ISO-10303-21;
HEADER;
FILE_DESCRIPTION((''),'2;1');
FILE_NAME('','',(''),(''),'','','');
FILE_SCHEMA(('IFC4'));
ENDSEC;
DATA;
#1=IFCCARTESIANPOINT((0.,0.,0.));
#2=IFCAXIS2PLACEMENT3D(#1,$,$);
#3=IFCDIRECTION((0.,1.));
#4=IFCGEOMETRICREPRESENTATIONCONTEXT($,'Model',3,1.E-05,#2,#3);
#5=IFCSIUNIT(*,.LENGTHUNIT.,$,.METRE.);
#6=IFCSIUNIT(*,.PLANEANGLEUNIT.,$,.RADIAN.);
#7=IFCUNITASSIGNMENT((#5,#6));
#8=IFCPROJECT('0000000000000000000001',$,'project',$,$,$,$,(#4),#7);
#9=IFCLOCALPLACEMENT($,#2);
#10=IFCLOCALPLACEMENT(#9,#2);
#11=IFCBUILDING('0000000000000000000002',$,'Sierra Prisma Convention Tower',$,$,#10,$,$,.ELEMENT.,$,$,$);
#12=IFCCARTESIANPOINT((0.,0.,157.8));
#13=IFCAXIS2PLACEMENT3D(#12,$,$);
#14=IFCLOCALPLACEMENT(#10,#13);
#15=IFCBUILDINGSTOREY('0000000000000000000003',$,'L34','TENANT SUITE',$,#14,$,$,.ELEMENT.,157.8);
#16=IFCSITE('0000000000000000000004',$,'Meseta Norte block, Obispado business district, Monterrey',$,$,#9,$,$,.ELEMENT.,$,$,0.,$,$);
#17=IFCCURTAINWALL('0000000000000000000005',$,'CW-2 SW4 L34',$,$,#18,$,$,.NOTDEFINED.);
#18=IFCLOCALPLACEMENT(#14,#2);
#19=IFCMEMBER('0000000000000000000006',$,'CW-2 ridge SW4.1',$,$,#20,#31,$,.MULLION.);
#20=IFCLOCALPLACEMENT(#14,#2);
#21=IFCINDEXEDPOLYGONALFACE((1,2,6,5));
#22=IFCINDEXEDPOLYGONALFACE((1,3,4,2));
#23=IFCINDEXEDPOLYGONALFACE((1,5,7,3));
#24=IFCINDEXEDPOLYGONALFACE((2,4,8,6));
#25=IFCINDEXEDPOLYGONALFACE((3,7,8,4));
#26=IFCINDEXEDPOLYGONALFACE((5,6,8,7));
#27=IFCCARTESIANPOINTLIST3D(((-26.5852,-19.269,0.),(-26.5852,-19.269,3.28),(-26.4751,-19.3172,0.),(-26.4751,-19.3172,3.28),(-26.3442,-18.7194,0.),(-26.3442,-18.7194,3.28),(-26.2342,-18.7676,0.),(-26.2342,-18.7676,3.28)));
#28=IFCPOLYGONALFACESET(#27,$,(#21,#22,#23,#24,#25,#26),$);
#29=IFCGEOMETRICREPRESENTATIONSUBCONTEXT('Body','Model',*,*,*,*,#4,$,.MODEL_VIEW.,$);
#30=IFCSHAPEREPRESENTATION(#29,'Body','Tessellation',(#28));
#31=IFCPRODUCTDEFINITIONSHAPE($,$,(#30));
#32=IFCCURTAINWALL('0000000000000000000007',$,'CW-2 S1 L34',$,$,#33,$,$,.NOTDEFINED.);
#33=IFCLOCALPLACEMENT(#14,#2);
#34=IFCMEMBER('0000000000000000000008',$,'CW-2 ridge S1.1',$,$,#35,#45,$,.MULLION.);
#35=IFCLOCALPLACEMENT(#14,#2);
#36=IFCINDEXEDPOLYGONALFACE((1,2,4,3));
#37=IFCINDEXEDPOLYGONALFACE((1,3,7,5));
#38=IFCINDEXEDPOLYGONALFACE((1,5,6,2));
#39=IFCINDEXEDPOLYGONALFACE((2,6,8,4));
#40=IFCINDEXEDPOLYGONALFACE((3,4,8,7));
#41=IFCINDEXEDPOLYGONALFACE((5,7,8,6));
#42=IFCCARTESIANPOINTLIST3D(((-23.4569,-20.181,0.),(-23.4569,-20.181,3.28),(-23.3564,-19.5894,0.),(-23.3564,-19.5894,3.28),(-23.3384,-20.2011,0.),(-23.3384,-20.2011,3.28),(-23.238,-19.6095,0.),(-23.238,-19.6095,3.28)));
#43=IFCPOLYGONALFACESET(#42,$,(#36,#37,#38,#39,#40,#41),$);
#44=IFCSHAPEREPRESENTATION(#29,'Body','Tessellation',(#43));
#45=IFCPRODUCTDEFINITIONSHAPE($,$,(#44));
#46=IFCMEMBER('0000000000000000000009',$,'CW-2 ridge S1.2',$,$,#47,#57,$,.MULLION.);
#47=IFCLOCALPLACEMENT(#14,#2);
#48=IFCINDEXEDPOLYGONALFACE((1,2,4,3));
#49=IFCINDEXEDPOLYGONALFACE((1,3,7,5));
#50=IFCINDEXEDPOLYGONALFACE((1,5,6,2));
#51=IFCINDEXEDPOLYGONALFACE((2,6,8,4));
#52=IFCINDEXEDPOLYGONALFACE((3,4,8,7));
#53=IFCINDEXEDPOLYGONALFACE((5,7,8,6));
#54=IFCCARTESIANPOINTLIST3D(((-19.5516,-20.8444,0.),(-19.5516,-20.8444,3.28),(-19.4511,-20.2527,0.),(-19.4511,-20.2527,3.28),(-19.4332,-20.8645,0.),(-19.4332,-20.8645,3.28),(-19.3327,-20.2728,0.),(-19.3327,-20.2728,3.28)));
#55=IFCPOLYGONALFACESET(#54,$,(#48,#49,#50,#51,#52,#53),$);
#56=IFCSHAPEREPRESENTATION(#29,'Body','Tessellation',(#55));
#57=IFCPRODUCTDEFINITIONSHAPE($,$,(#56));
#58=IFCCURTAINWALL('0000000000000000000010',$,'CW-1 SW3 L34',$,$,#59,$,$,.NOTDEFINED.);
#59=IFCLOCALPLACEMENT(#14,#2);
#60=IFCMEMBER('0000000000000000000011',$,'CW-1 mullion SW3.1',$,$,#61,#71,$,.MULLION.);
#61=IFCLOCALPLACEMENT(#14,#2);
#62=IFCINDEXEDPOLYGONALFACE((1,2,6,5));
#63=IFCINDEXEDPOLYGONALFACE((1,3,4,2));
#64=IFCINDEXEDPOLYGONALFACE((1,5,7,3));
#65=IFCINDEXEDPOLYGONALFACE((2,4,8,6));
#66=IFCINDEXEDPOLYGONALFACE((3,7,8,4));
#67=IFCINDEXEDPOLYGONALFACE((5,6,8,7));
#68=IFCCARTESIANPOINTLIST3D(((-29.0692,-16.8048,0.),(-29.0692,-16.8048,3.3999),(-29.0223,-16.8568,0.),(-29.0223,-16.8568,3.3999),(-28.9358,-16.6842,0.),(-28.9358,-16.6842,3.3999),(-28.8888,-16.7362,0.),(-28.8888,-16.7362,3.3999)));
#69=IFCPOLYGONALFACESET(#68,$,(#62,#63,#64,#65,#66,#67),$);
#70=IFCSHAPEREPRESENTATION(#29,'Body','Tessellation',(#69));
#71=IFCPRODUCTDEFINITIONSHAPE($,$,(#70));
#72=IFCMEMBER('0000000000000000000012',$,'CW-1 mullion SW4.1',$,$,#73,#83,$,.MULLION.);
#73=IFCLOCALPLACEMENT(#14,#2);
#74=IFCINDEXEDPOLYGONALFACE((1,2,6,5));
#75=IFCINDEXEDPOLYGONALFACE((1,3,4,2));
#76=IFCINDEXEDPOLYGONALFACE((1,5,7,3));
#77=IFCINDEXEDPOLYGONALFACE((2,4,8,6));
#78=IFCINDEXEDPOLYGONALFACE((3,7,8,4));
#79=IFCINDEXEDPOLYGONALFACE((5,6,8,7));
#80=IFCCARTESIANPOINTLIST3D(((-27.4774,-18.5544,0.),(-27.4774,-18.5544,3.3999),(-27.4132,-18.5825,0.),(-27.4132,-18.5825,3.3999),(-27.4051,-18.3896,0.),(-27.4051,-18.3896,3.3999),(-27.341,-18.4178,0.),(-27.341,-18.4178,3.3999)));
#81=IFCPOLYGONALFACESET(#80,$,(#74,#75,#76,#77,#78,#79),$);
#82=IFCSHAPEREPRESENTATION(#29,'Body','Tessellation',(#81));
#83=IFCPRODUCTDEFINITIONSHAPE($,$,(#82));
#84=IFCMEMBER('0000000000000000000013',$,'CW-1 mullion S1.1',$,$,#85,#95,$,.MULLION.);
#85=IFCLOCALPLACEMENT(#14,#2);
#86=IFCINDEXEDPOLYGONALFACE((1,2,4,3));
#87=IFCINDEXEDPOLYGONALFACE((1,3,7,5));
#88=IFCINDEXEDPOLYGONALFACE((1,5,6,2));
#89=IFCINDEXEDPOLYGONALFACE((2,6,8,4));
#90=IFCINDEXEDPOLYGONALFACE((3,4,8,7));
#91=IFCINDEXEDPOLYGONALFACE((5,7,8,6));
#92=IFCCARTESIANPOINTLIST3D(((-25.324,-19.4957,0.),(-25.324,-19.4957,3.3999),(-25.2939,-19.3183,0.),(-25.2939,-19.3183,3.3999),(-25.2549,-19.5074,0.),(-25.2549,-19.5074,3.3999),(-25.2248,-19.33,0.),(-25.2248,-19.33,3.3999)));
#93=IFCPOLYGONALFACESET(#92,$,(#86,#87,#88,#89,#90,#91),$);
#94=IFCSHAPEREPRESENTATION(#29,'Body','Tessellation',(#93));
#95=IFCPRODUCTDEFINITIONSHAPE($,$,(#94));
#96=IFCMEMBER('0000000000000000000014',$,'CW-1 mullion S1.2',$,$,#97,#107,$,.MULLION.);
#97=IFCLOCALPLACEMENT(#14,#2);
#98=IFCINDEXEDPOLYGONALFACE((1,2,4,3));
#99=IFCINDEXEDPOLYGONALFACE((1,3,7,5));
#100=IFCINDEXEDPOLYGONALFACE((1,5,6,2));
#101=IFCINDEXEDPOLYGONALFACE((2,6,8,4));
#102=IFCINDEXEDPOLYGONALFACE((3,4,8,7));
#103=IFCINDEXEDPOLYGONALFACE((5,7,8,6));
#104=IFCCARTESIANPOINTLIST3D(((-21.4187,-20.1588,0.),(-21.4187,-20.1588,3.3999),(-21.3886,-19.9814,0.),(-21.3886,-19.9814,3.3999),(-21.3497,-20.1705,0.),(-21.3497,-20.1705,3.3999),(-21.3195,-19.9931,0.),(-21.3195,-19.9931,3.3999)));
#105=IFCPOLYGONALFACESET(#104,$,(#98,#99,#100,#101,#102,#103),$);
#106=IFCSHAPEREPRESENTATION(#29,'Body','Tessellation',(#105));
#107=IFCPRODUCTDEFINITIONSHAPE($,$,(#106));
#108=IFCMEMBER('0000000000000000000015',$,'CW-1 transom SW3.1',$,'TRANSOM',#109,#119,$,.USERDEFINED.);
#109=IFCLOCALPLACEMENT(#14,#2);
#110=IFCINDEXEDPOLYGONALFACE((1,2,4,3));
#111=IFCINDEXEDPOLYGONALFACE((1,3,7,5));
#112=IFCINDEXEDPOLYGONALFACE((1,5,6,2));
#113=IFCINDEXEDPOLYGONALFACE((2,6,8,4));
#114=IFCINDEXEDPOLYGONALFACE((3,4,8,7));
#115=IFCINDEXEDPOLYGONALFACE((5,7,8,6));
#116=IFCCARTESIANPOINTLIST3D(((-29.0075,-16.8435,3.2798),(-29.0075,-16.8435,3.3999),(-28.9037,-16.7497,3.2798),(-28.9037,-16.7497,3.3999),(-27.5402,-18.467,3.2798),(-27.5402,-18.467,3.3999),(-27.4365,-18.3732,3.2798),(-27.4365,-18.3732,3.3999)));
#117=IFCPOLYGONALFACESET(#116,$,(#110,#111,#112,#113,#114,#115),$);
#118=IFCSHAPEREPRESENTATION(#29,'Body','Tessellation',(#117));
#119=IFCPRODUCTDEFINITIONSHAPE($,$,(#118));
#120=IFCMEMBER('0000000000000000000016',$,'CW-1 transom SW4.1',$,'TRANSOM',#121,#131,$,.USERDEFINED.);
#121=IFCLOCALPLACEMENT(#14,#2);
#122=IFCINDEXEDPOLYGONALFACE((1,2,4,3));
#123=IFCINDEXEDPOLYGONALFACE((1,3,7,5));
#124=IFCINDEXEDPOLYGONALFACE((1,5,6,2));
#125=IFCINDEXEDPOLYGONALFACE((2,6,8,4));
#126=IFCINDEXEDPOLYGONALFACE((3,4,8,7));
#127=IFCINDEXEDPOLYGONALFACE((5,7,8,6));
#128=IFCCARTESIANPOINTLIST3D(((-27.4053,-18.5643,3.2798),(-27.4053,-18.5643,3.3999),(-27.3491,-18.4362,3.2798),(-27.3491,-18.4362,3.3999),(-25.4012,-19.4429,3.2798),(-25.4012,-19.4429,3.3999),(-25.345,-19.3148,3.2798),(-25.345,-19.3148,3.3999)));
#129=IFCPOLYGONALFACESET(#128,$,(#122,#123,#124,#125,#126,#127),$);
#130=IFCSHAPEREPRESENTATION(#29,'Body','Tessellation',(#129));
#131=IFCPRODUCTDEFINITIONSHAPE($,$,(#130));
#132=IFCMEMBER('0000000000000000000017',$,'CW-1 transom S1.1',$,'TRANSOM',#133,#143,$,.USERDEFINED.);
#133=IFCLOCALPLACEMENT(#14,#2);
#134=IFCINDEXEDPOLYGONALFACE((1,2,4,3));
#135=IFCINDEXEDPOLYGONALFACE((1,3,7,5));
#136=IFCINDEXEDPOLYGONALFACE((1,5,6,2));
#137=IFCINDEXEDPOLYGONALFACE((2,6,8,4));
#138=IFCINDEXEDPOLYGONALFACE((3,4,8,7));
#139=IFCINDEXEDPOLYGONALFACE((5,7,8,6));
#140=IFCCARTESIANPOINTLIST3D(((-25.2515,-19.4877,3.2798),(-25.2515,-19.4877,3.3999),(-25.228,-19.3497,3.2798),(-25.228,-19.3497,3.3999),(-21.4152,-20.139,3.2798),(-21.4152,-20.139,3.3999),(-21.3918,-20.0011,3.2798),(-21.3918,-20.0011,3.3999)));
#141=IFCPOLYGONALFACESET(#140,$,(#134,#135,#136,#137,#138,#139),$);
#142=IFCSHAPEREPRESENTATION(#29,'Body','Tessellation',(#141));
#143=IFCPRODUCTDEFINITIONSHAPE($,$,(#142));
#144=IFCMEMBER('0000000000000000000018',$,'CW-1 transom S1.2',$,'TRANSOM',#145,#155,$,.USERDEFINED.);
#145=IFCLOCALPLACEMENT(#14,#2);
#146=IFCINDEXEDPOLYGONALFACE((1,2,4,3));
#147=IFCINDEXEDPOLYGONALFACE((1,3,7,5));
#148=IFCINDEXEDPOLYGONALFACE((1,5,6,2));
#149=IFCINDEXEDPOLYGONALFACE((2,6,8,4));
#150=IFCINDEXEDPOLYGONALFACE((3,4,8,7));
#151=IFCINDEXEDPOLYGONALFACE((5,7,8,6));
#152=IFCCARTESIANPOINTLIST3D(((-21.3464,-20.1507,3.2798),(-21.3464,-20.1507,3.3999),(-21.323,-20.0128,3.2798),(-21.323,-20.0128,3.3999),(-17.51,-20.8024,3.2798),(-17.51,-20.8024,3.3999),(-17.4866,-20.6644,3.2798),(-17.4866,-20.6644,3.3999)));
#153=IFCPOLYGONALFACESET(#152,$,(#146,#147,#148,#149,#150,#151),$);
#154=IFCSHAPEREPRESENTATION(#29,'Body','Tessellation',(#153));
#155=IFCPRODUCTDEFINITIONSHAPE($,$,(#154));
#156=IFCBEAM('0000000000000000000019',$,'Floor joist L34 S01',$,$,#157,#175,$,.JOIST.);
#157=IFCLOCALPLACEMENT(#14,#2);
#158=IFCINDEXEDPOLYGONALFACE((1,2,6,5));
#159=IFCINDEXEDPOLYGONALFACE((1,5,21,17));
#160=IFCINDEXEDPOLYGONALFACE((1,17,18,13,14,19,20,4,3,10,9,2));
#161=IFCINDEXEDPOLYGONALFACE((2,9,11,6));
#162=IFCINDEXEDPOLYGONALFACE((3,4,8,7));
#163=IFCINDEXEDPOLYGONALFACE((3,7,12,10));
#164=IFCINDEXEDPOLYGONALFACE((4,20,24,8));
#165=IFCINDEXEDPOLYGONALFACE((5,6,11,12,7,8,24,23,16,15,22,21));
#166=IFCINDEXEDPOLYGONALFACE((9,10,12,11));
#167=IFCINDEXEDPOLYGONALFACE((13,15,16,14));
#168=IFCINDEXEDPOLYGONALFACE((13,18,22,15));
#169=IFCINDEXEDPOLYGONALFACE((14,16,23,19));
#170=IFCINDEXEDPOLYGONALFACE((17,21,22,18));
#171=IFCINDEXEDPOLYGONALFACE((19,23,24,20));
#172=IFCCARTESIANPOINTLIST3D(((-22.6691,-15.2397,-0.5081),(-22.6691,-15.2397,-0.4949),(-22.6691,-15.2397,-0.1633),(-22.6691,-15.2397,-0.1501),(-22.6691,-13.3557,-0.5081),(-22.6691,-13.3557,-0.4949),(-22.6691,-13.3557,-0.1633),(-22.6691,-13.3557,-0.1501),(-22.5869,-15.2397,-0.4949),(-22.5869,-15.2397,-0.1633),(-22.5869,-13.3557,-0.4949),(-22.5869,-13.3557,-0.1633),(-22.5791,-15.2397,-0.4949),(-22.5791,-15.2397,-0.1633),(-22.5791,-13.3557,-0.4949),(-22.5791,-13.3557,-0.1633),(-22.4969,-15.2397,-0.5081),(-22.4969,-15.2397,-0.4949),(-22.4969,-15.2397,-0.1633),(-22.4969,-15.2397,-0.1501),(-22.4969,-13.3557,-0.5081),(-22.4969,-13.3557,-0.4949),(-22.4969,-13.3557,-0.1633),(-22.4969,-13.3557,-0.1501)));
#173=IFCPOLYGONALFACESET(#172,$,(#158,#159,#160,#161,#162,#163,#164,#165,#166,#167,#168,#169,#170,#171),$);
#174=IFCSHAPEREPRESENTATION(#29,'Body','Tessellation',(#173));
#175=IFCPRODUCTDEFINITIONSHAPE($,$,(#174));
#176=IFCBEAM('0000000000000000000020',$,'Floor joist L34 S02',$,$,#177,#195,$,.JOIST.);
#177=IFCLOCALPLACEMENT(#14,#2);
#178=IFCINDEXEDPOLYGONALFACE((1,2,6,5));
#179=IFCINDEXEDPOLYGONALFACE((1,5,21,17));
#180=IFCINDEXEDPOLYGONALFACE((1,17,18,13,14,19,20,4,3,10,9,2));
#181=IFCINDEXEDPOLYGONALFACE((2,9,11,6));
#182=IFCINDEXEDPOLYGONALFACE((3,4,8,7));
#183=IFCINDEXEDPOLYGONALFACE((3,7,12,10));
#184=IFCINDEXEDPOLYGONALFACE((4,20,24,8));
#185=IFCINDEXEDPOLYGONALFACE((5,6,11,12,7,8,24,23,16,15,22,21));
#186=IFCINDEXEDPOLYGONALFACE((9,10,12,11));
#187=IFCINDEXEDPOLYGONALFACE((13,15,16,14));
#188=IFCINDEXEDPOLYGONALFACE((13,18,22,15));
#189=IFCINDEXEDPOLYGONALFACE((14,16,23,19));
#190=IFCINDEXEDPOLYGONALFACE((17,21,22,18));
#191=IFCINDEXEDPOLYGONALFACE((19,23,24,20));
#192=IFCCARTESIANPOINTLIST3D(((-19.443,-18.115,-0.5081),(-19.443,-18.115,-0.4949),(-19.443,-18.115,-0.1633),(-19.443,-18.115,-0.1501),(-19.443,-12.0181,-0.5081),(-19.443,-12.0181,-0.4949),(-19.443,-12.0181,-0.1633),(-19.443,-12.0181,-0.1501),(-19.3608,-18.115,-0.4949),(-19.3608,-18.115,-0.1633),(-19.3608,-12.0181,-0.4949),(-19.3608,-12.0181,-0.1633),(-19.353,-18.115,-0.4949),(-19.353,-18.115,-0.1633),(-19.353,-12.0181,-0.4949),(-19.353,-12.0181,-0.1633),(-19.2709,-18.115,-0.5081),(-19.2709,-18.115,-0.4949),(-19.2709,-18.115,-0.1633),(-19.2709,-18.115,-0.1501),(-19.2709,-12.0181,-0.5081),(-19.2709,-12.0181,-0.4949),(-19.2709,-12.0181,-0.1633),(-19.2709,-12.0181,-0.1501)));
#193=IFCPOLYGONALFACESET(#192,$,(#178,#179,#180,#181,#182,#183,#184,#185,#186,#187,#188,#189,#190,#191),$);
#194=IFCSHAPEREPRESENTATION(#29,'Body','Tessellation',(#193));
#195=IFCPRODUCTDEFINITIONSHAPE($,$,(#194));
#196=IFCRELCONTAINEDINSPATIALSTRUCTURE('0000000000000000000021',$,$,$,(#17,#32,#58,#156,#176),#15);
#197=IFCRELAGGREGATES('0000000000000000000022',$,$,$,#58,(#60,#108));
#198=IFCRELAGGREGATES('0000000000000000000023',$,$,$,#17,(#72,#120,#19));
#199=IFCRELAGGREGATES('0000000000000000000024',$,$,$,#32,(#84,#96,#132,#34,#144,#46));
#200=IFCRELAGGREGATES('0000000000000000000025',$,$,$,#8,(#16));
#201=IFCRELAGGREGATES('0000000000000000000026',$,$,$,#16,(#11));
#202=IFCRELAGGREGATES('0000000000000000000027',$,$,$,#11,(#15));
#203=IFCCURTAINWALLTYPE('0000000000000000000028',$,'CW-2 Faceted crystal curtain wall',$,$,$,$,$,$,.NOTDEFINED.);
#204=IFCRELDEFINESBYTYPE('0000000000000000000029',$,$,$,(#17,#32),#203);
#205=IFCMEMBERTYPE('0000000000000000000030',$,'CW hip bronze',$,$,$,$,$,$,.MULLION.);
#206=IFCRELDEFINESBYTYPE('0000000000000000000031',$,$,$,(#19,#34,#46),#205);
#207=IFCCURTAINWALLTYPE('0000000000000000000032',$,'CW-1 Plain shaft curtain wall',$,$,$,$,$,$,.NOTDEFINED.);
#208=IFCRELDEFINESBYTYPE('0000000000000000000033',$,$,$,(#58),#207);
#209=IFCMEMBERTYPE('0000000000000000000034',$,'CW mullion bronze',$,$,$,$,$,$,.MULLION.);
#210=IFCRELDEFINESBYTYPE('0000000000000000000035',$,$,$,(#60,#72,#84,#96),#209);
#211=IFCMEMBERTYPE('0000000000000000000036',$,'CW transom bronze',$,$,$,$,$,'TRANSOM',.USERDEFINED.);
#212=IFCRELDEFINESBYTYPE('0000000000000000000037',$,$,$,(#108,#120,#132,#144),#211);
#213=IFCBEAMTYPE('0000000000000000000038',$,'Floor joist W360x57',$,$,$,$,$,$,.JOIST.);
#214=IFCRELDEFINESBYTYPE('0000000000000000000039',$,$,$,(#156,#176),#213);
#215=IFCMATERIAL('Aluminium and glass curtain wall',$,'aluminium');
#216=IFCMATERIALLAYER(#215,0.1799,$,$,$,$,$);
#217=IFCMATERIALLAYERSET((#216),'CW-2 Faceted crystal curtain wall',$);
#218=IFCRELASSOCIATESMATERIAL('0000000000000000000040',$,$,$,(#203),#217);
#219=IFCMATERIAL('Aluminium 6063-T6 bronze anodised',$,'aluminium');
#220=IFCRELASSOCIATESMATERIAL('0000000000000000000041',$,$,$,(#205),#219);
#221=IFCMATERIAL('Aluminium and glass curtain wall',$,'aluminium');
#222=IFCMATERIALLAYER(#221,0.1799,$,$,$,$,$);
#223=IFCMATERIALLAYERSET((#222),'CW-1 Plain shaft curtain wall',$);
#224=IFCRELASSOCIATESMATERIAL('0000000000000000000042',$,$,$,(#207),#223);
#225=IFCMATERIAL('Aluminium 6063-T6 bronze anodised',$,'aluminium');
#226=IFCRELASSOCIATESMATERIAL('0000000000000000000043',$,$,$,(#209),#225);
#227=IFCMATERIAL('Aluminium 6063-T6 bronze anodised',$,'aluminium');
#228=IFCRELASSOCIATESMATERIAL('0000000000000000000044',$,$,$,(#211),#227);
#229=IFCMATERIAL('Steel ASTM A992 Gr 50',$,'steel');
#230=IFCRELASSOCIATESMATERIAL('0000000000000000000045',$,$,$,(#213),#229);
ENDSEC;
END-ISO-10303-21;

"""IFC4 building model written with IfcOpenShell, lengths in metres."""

from ifc_helpers import new_model, si_unit, direction, frame, origin, origin_2d, place, context, subcontext, project, spatial, rectangle, i_section, extrude, material, layer, layer_set, material_profile, profile_set, type_object, element, aggregate, save


model = new_model("IFC4")

# Units and contexts
model_context = context("Model", 3, precision=1e-05, world=origin(), true_north=direction((0.0, 1.0)))
body_context = subcontext(model_context, "Body", "Model", "MODEL_VIEW")
ifc_project = project(units=[si_unit("LENGTHUNIT", "METRE"), si_unit("PLANEANGLEUNIT", "RADIAN")], contexts=[model_context])

# Site, building, storey
site_placement = place(None, origin())
site = spatial("IfcSite", under=ifc_project, at=site_placement, Name="Meseta Norte block, Obispado business district, Monterrey", CompositionType="ELEMENT", RefElevation=0.0)
building_placement = place(site_placement, origin())
building = spatial("IfcBuilding", under=site, at=building_placement, Name="Sierra Prisma Convention Tower", CompositionType="ELEMENT")
storey_placement = place(building_placement, frame((0.0, 0.0, 157.8)))
storey = spatial("IfcBuildingStorey", under=building, at=storey_placement, Name="L34", Description="TENANT SUITE", CompositionType="ELEMENT", Elevation=157.8)

# Curtain wall, member
ifc_material_1 = material(Name="Aluminium and glass curtain wall", Category="aluminium")
ifc_layer_1 = layer(ifc_material_1, 0.1799)
ifc_layer_set_1 = layer_set([ifc_layer_1], Name="CW-2 Faceted crystal curtain wall")
curtain_wall_type_1 = type_object("IfcCurtainWallType", Name="CW-2 Faceted crystal curtain wall", PredefinedType="NOTDEFINED", material=ifc_layer_set_1)
curtain_wall_1_placement = place(storey_placement, origin())
curtain_wall_1 = element("IfcCurtainWall", 1, at=curtain_wall_1_placement, inside=storey, type_object=curtain_wall_type_1, Name="CW-2 SW4 L34", PredefinedType="NOTDEFINED")
ifc_material_2 = material(Name="Aluminium 6063-T6 bronze anodised", Category="aluminium")
ifc_material_profile_1 = material_profile(ifc_material_2, rectangle(XDim=0.1201, YDim=0.6001, at=origin_2d()), Name="ALU RIDGE BLADE 120x600")
ifc_profile_set_1 = profile_set([ifc_material_profile_1], Name="Aluminium 6063-T6 bronze anodised")
member_type_1 = type_object("IfcMemberType", Name="CW hip bronze", PredefinedType="MULLION", material=ifc_profile_set_1)
member_1_placement = place(storey_placement, frame((-26.4097, -19.0183, 0.0), z_axis=(0.0, 0.0, 1.0), x_axis=(0.915845, -0.401532, 0.0)))
member_1 = element("IfcMember", 2, at=member_1_placement, type_object=member_type_1, Name="CW-2 ridge SW4.1", PredefinedType="MULLION", context=body_context, shape_type="SweptSolid", body=[
    extrude(rectangle(XDim=0.1201, YDim=0.6001, at=origin_2d()), origin(), (0.0, 0.0, 1.0), 3.28),
])

# Curtain wall, members
curtain_wall_2_placement = place(storey_placement, origin())
curtain_wall_2 = element("IfcCurtainWall", 3, at=curtain_wall_2_placement, inside=storey, type_object=curtain_wall_type_1, Name="CW-2 S1 L34", PredefinedType="NOTDEFINED")
member_2_placement = place(storey_placement, frame((-23.3474, -19.8953, 0.0), z_axis=(0.0, 0.0, 1.0), x_axis=(0.985886, -0.167418, 0.0)))
member_2 = element("IfcMember", 4, at=member_2_placement, type_object=member_type_1, Name="CW-2 ridge S1.1", PredefinedType="MULLION", context=body_context, shape_type="SweptSolid", body=[
    extrude(rectangle(XDim=0.1201, YDim=0.6001, at=origin_2d()), origin(), (0.0, 0.0, 1.0), 3.28),
])
member_3_placement = place(storey_placement, frame((-19.4421, -20.5586, 0.0), z_axis=(0.0, 0.0, 1.0), x_axis=(0.985886, -0.167418, 0.0)))
member_3 = element("IfcMember", 5, at=member_3_placement, type_object=member_type_1, Name="CW-2 ridge S1.2", PredefinedType="MULLION", context=body_context, shape_type="SweptSolid", body=[
    extrude(rectangle(XDim=0.1201, YDim=0.6001, at=origin_2d()), origin(), (0.0, 0.0, 1.0), 3.28),
])

# Curtain wall, member
ifc_material_3 = material(Name="Aluminium and glass curtain wall", Category="aluminium")
ifc_layer_2 = layer(ifc_material_3, 0.1799)
ifc_layer_set_2 = layer_set([ifc_layer_2], Name="CW-1 Plain shaft curtain wall")
curtain_wall_type_2 = type_object("IfcCurtainWallType", Name="CW-1 Plain shaft curtain wall", PredefinedType="NOTDEFINED", material=ifc_layer_set_2)
curtain_wall_3_placement = place(storey_placement, origin())
curtain_wall_3 = element("IfcCurtainWall", 6, at=curtain_wall_3_placement, inside=storey, type_object=curtain_wall_type_2, Name="CW-1 SW3 L34", PredefinedType="NOTDEFINED")
ifc_material_4 = material(Name="Aluminium 6063-T6 bronze anodised", Category="aluminium")
ifc_material_profile_2 = material_profile(ifc_material_4, rectangle(XDim=0.1799, YDim=0.0701, at=origin_2d()), Name="ALU MULLION 70x180")
ifc_profile_set_2 = profile_set([ifc_material_profile_2], Name="Aluminium 6063-T6 bronze anodised")
member_type_2 = type_object("IfcMemberType", Name="CW mullion bronze", PredefinedType="MULLION", material=ifc_profile_set_2)
member_4_placement = place(storey_placement, frame((-28.979, -16.7705, 0.0), z_axis=(0.0, 0.0, 1.0), x_axis=(0.741874, 0.670539, 0.0)))
member_4 = element("IfcMember", 7, at=member_4_placement, type_object=member_type_2, Name="CW-1 mullion SW3.1", PredefinedType="MULLION", context=body_context, shape_type="SweptSolid", body=[
    extrude(rectangle(XDim=0.1799, YDim=0.0701, at=origin_2d()), origin(), (0.0, 0.0, 1.0), 3.3999),
])

# Members
member_5_placement = place(storey_placement, frame((-27.4092, -18.4861, 0.0), z_axis=(0.0, 0.0, 1.0), x_axis=(0.401532, 0.915845, 0.0)))
member_5 = element("IfcMember", 8, at=member_5_placement, type_object=member_type_2, Name="CW-1 mullion SW4.1", PredefinedType="MULLION", context=body_context, shape_type="SweptSolid", body=[
    extrude(rectangle(XDim=0.1799, YDim=0.0701, at=origin_2d()), origin(), (0.0, 0.0, 1.0), 3.3999),
])
member_6_placement = place(storey_placement, frame((-25.2744, -19.4128, 0.0), z_axis=(0.0, 0.0, 1.0), x_axis=(0.167418, 0.985886, 0.0)))
member_6 = element("IfcMember", 9, at=member_6_placement, type_object=member_type_2, Name="CW-1 mullion S1.1", PredefinedType="MULLION", context=body_context, shape_type="SweptSolid", body=[
    extrude(rectangle(XDim=0.1799, YDim=0.0701, at=origin_2d()), origin(), (0.0, 0.0, 1.0), 3.3999),
])
member_7_placement = place(storey_placement, frame((-21.3691, -20.0759, 0.0), z_axis=(0.0, 0.0, 1.0), x_axis=(0.167418, 0.985886, 0.0)))
member_7 = element("IfcMember", 10, at=member_7_placement, type_object=member_type_2, Name="CW-1 mullion S1.2", PredefinedType="MULLION", context=body_context, shape_type="SweptSolid", body=[
    extrude(rectangle(XDim=0.1799, YDim=0.0701, at=origin_2d()), origin(), (0.0, 0.0, 1.0), 3.3999),
])
ifc_material_5 = material(Name="Aluminium 6063-T6 bronze anodised", Category="aluminium")
ifc_material_profile_3 = material_profile(ifc_material_5, rectangle(XDim=0.1399, YDim=0.1201, at=origin_2d()), Name="ALU TRANSOM 120x140")
ifc_profile_set_3 = profile_set([ifc_material_profile_3], Name="Aluminium 6063-T6 bronze anodised")
member_type_3 = type_object("IfcMemberType", Name="CW transom bronze", ElementType="TRANSOM", PredefinedType="USERDEFINED", material=ifc_profile_set_3)
member_8_placement = place(storey_placement, frame((-28.9556, -16.7966, 3.3398), z_axis=(0.670504, -0.741906, 0.0), x_axis=(0.741906, 0.670504, 0.0)))
member_8 = element("IfcMember", 11, at=member_8_placement, type_object=member_type_3, Name="CW-1 transom SW3.1", ObjectType="TRANSOM", PredefinedType="USERDEFINED", context=body_context, shape_type="SweptSolid", body=[
    extrude(rectangle(XDim=0.1399, YDim=0.1201, at=origin_2d()), origin(), (0.0, 0.0, 1.0), 2.1882),
])
member_9_placement = place(storey_placement, frame((-27.3772, -18.5002, 3.3398), z_axis=(0.915847, -0.401527, 0.0), x_axis=(0.401527, 0.915847, 0.0)))
member_9 = element("IfcMember", 12, at=member_9_placement, type_object=member_type_3, Name="CW-1 transom SW4.1", ObjectType="TRANSOM", PredefinedType="USERDEFINED", context=body_context, shape_type="SweptSolid", body=[
    extrude(rectangle(XDim=0.1399, YDim=0.1201, at=origin_2d()), origin(), (0.0, 0.0, 1.0), 2.1882),
])
member_10_placement = place(storey_placement, frame((-25.2397, -19.4187, 3.3398), z_axis=(0.985889, -0.1674, 0.0), x_axis=(0.1674, 0.985889, 0.0)))
member_10 = element("IfcMember", 13, at=member_10_placement, type_object=member_type_3, Name="CW-1 transom S1.1", ObjectType="TRANSOM", PredefinedType="USERDEFINED", context=body_context, shape_type="SweptSolid", body=[
    extrude(rectangle(XDim=0.1399, YDim=0.1201, at=origin_2d()), origin(), (0.0, 0.0, 1.0), 3.8911),
])
member_11_placement = place(storey_placement, frame((-21.3347, -20.0818, 3.3398), z_axis=(0.985881, -0.16745, 0.0), x_axis=(0.16745, 0.985881, 0.0)))
member_11 = element("IfcMember", 14, at=member_11_placement, type_object=member_type_3, Name="CW-1 transom S1.2", ObjectType="TRANSOM", PredefinedType="USERDEFINED", context=body_context, shape_type="SweptSolid", body=[
    extrude(rectangle(XDim=0.1399, YDim=0.1201, at=origin_2d()), origin(), (0.0, 0.0, 1.0), 3.8914),
])

# Beams
ifc_material_6 = material(Name="Steel ASTM A992 Gr 50", Category="steel")
ifc_material_profile_4 = material_profile(ifc_material_6, i_section(OverallWidth=0.1721, OverallDepth=0.3579, WebThickness=0.0078, FlangeThickness=0.0132, at=origin_2d()), Name="W360x57")
ifc_profile_set_4 = profile_set([ifc_material_profile_4], Name="Steel ASTM A992 Gr 50")
beam_type = type_object("IfcBeamType", Name="Floor joist W360x57", PredefinedType="JOIST", material=ifc_profile_set_4)
beam_1_placement = place(storey_placement, frame((-22.583, -15.2397, -0.3291), z_axis=(0.0, 1.0, 0.0), x_axis=(-1.0, 0.0, 0.0)))
element("IfcBeam", 15, at=beam_1_placement, inside=storey, type_object=beam_type, Name="Floor joist L34 S01", PredefinedType="JOIST", context=body_context, shape_type="SweptSolid", body=[
    extrude(i_section(OverallWidth=0.1721, OverallDepth=0.3579, WebThickness=0.0078, FlangeThickness=0.0132, at=origin_2d()), origin(), (0.0, 0.0, 1.0), 1.884),
])
beam_2_placement = place(storey_placement, frame((-19.3569, -18.115, -0.3291), z_axis=(0.0, 1.0, 0.0), x_axis=(-1.0, 0.0, 0.0)))
element("IfcBeam", 16, at=beam_2_placement, inside=storey, type_object=beam_type, Name="Floor joist L34 S02", PredefinedType="JOIST", context=body_context, shape_type="SweptSolid", body=[
    extrude(i_section(OverallWidth=0.1721, OverallDepth=0.3579, WebThickness=0.0078, FlangeThickness=0.0132, at=origin_2d()), origin(), (0.0, 0.0, 1.0), 6.0969),
])

aggregate(curtain_wall_3, [member_4, member_8])
aggregate(curtain_wall_1, [member_5, member_9, member_1])
aggregate(curtain_wall_2, [member_6, member_7, member_10, member_2, member_11, member_3])

save(model, "model.ifc")
